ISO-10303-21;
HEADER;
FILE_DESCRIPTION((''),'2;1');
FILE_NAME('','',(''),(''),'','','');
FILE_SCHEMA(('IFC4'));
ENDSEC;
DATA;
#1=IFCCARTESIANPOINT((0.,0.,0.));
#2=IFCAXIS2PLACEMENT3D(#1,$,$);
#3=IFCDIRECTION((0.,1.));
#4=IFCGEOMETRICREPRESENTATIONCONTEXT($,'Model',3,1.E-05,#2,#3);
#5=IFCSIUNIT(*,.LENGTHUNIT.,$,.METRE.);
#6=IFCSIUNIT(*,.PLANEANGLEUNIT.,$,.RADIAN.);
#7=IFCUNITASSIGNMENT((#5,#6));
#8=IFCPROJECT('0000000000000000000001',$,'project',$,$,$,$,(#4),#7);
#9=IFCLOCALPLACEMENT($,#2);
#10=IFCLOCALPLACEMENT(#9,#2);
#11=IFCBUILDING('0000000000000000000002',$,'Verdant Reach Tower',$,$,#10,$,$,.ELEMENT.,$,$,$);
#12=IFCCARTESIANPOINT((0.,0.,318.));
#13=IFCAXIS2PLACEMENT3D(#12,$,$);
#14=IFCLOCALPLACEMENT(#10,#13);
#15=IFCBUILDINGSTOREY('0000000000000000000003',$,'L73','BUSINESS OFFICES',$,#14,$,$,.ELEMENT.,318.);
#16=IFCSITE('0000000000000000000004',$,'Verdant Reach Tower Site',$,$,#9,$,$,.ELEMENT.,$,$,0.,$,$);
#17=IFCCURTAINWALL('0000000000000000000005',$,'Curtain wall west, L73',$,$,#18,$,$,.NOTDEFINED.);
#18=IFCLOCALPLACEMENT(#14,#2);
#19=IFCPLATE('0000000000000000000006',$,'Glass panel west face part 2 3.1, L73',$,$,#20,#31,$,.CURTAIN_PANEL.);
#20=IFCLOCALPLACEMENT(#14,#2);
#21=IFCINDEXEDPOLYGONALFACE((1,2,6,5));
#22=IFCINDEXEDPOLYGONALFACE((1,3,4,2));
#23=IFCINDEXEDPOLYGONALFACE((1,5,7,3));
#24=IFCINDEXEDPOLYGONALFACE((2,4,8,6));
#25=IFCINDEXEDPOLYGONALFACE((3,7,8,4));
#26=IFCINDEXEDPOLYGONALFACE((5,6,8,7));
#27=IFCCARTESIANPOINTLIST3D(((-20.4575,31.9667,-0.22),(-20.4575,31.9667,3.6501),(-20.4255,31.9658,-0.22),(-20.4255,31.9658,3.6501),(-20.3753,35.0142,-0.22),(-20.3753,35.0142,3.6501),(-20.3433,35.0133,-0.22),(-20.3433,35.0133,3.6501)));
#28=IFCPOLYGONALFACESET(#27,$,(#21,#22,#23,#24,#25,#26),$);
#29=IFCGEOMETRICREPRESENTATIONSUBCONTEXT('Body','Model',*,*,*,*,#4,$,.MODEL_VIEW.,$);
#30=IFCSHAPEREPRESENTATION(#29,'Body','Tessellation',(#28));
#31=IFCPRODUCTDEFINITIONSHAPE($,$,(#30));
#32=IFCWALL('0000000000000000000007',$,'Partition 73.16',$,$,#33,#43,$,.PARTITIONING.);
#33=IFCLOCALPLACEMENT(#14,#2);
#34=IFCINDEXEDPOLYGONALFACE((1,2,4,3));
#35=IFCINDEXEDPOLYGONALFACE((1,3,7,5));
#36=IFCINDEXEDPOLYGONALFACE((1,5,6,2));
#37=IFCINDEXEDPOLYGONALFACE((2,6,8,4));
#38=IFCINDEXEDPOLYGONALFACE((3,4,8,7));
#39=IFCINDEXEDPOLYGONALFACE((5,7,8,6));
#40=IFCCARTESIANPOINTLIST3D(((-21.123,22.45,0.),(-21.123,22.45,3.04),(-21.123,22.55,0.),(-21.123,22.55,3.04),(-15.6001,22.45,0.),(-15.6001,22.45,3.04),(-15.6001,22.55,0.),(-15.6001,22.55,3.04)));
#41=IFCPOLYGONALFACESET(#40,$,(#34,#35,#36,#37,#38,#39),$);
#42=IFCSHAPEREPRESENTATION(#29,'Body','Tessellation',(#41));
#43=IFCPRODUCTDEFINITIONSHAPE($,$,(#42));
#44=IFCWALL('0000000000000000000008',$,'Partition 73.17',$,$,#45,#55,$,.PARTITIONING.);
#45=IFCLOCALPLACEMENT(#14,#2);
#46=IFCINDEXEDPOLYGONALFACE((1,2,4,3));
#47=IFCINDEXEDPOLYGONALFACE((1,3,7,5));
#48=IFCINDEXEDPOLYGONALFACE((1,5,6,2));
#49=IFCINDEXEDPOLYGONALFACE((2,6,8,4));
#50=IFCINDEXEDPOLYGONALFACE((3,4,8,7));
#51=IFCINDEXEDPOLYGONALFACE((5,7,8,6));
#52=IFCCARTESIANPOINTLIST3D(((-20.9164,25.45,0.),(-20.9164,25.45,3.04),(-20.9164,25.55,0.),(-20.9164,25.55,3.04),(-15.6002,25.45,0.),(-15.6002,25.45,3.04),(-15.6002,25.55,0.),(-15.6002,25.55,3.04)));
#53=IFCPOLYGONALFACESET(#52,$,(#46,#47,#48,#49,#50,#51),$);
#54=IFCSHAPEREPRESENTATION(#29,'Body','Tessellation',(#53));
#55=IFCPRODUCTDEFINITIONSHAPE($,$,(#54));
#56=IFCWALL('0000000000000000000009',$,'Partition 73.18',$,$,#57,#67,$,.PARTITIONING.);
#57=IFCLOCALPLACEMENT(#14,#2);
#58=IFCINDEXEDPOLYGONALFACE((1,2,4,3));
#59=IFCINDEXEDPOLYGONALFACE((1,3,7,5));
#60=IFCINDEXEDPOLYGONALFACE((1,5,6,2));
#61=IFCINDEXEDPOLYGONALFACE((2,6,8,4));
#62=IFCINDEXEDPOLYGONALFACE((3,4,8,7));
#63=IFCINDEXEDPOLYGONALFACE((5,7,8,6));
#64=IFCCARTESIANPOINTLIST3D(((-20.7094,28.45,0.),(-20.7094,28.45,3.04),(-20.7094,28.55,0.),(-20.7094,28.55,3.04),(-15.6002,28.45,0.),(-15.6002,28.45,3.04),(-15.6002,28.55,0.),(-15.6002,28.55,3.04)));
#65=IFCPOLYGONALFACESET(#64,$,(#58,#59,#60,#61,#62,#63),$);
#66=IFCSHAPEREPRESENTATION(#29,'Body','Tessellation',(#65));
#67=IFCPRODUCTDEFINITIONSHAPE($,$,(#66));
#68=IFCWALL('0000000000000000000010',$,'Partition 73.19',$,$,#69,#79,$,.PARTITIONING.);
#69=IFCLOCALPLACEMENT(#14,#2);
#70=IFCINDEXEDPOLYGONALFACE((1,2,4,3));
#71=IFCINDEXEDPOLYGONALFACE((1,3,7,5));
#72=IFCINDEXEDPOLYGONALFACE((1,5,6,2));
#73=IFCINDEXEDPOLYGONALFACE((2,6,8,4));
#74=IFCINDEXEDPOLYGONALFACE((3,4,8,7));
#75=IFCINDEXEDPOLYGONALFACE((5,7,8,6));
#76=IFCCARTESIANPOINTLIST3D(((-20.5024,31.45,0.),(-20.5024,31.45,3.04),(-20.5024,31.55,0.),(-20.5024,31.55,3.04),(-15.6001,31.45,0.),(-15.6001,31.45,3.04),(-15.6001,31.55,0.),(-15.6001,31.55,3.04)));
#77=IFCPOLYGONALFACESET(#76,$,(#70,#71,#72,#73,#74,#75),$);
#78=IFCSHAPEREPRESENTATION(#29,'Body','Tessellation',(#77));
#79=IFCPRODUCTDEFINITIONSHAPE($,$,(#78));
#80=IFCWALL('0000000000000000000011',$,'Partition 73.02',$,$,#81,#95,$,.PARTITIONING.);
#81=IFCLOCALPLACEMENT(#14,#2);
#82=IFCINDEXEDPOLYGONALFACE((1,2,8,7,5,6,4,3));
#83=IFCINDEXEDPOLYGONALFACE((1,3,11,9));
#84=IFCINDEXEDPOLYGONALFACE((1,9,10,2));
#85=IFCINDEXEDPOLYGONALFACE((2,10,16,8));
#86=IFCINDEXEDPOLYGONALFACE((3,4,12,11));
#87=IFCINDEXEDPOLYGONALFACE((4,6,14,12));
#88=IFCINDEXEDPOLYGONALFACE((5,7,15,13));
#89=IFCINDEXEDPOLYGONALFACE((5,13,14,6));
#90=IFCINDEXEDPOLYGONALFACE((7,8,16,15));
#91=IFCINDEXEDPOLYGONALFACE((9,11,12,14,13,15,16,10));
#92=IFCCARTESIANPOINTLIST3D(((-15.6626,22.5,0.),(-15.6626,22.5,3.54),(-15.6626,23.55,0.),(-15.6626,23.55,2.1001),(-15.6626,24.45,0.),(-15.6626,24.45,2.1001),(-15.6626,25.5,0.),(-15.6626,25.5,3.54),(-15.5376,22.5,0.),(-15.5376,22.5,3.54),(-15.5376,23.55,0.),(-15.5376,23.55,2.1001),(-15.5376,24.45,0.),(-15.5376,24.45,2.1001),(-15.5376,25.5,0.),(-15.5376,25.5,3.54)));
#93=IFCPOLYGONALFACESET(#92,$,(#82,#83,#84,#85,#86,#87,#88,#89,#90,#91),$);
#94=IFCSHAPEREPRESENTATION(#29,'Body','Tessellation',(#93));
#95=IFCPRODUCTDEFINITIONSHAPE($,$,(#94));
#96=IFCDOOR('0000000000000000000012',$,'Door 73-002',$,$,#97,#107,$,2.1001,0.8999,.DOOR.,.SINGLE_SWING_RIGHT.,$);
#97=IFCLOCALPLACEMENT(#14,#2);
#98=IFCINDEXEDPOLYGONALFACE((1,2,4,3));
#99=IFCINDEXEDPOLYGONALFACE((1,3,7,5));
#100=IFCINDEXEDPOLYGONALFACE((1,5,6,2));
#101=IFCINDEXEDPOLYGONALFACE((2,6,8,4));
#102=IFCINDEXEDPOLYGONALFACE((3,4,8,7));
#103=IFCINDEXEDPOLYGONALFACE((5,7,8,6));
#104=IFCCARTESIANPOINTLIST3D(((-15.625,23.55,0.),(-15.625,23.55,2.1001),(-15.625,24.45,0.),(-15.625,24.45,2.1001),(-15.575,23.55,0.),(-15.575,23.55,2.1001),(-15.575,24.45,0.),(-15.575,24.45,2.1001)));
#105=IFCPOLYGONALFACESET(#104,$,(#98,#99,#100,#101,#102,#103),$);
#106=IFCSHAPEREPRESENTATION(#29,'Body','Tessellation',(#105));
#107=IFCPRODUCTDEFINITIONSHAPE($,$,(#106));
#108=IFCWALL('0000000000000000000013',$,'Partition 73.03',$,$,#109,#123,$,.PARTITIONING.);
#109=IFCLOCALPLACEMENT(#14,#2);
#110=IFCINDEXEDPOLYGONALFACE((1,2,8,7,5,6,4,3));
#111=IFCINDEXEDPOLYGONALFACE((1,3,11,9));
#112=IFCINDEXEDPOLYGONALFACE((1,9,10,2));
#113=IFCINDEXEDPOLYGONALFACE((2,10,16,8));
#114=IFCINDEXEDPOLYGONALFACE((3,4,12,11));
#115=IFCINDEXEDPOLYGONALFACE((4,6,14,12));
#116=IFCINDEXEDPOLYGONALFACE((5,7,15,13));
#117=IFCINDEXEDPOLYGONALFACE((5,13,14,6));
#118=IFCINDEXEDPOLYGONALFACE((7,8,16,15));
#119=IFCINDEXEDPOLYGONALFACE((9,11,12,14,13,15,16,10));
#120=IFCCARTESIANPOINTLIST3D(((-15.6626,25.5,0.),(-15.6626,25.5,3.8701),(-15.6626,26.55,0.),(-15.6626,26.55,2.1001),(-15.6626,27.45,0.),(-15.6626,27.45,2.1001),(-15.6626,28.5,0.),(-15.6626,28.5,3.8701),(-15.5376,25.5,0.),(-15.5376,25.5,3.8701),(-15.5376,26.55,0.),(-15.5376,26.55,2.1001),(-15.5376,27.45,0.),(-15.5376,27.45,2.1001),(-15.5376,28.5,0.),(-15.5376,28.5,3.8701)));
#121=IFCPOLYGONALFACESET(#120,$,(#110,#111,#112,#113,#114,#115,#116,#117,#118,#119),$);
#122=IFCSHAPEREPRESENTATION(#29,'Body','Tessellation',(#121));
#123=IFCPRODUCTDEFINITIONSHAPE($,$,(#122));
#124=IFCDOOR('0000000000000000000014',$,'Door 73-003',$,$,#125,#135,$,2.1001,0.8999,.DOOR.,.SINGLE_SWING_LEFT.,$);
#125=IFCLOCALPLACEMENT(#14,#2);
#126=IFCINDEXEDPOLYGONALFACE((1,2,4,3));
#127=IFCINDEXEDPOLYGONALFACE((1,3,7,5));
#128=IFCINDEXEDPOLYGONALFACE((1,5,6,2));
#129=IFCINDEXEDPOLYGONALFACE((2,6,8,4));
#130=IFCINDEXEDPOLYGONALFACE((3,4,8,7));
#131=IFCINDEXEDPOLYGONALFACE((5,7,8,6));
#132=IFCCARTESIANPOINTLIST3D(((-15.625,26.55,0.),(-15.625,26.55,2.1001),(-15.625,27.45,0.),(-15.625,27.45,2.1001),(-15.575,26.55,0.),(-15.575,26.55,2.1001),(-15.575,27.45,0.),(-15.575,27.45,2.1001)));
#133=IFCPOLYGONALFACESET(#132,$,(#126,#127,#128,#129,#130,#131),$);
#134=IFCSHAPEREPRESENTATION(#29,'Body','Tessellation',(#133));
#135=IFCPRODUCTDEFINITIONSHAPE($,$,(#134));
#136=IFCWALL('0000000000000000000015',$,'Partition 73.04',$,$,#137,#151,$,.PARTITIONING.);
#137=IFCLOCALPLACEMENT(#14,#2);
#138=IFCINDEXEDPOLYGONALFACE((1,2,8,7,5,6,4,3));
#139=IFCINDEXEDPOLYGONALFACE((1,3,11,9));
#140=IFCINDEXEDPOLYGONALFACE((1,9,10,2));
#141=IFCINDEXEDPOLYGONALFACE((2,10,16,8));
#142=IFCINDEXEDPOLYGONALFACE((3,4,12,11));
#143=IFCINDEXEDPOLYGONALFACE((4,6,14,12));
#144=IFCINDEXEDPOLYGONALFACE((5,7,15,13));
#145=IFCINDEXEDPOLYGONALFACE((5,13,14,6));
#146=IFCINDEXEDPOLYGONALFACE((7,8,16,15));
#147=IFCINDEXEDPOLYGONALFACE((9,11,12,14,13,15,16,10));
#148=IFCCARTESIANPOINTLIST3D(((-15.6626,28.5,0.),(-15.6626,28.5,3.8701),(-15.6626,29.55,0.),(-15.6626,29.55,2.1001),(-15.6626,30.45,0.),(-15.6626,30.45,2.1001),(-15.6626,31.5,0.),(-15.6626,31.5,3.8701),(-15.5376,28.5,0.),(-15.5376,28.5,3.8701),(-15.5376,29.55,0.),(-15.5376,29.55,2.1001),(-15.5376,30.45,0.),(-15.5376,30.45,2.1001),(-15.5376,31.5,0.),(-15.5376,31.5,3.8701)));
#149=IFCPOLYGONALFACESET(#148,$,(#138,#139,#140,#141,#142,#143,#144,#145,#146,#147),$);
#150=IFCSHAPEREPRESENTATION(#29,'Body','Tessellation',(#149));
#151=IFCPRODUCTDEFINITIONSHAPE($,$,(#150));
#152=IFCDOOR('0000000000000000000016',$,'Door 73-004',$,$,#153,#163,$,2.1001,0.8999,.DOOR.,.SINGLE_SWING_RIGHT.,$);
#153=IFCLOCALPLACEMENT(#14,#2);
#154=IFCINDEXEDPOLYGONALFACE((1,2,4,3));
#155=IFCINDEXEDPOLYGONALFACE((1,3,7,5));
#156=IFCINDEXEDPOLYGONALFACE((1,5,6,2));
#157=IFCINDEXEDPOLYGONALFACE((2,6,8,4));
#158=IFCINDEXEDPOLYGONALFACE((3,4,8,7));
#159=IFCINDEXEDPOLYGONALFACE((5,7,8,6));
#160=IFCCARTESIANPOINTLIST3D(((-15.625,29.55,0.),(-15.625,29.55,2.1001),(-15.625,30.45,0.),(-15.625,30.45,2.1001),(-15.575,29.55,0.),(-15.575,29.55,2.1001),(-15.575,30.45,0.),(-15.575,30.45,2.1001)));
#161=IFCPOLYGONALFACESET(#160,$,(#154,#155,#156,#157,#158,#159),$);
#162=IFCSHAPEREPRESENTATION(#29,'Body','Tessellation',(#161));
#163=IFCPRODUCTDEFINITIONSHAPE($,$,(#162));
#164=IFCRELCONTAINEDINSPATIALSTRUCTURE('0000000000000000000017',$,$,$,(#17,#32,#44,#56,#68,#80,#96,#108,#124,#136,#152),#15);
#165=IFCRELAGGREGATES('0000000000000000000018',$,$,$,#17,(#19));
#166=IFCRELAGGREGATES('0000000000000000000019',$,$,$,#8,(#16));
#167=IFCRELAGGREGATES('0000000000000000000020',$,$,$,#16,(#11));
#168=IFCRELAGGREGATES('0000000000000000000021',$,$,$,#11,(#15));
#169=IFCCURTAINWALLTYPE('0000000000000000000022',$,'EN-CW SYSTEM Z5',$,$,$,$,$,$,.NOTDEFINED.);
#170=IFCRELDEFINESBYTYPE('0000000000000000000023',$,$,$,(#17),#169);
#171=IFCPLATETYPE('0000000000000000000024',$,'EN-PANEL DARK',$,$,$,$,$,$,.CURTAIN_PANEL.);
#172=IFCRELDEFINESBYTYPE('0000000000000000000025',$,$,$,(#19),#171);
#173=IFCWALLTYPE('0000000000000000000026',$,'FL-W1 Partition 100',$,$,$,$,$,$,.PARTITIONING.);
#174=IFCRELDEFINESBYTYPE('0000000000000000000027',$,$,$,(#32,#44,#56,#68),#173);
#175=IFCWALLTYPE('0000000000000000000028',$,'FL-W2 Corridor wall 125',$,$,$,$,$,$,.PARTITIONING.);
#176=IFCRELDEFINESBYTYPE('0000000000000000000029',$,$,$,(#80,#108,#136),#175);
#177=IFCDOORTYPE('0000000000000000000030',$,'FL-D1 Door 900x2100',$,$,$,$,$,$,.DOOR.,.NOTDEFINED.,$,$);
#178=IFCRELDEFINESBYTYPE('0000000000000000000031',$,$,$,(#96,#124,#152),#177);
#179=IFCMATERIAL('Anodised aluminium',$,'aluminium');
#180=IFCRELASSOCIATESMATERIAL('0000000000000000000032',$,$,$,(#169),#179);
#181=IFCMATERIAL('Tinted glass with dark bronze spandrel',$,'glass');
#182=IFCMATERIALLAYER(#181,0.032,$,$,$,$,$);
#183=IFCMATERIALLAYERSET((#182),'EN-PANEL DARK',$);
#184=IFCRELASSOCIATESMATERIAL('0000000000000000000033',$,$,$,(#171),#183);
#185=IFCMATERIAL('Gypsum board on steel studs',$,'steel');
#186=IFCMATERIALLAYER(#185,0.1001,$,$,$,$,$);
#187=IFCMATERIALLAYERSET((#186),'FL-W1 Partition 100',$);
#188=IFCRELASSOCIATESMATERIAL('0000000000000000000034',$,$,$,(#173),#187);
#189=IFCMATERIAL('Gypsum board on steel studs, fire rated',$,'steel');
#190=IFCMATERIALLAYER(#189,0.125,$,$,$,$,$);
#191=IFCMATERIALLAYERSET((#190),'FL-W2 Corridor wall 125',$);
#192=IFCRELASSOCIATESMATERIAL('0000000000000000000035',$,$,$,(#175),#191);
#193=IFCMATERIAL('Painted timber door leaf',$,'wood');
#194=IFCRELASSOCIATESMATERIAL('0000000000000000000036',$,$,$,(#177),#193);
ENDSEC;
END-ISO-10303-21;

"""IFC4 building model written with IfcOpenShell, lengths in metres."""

from ifc_helpers import new_model, si_unit, direction, frame, frame_2d, origin, origin_2d, place, context, subcontext, project, spatial, rectangle, extrude, material, layer, layer_set, type_object, element, fill, aggregate, save


model = new_model("IFC4")

# Units and contexts
model_context = context("Model", 3, precision=1e-05, world=origin(), true_north=direction((0.0, 1.0)))
body_context = subcontext(model_context, "Body", "Model", "MODEL_VIEW")
ifc_project = project(units=[si_unit("LENGTHUNIT", "METRE"), si_unit("PLANEANGLEUNIT", "RADIAN")], contexts=[model_context])

# Site, building, storey
site_placement = place(None, origin())
site = spatial("IfcSite", under=ifc_project, at=site_placement, Name="Verdant Reach Tower Site", CompositionType="ELEMENT", RefElevation=0.0)
building_placement = place(site_placement, origin())
building = spatial("IfcBuilding", under=site, at=building_placement, Name="Verdant Reach Tower", CompositionType="ELEMENT")
storey_placement = place(building_placement, frame((0.0, 0.0, 318.0)))
storey = spatial("IfcBuildingStorey", under=building, at=storey_placement, Name="L73", Description="BUSINESS OFFICES", CompositionType="ELEMENT", Elevation=318.0)

# Curtain wall
ifc_material_1 = material(Name="Anodised aluminium", Category="aluminium")
curtain_wall_type = type_object("IfcCurtainWallType", Name="EN-CW SYSTEM Z5", PredefinedType="NOTDEFINED", material=ifc_material_1)
curtain_wall_1_placement = place(storey_placement, origin())
curtain_wall_1 = element("IfcCurtainWall", 1, at=curtain_wall_1_placement, inside=storey, type_object=curtain_wall_type, Name="Curtain wall west, L73", PredefinedType="NOTDEFINED")

# Plate
ifc_material_2 = material(Name="Tinted glass with dark bronze spandrel", Category="glass")
ifc_layer_1 = layer(ifc_material_2, 0.032)
ifc_layer_set_1 = layer_set([ifc_layer_1], Name="EN-PANEL DARK")
plate_type_1 = type_object("IfcPlateType", Name="EN-PANEL DARK", PredefinedType="CURTAIN_PANEL", material=ifc_layer_set_1)
plate_1_placement = place(storey_placement, frame((-20.4004, 33.49, -0.22), z_axis=(0.0, 0.0, 1.0), x_axis=(-0.026965, -0.999636, 0.0)))
plate_1 = element("IfcPlate", 2, at=plate_1_placement, type_object=plate_type_1, Name="Glass panel west face part 2 3.1, L73", PredefinedType="CURTAIN_PANEL", context=body_context, shape_type="SweptSolid", body=[
    extrude(rectangle(XDim=3.0486, YDim=0.032, at=origin_2d()), origin(), (0.0, 0.0, 1.0), 3.8701),
])
aggregate(curtain_wall_1, [plate_1])

# Walls
ifc_material_3 = material(Name="Gypsum board on steel studs", Category="steel")
ifc_layer_2 = layer(ifc_material_3, 0.1001)
ifc_layer_set_2 = layer_set([ifc_layer_2], Name="FL-W1 Partition 100")
wall_type_1 = type_object("IfcWallType", Name="FL-W1 Partition 100", PredefinedType="PARTITIONING", material=ifc_layer_set_2)
wall_1_placement = place(storey_placement, frame((-15.6001, 22.5, 0.0), z_axis=(0.0, 0.0, 1.0), x_axis=(-1.0, 0.0, 0.0)))
element("IfcWall", 3, at=wall_1_placement, inside=storey, type_object=wall_type_1, Name="Partition 73.16", PredefinedType="PARTITIONING", context=body_context, shape_type="SweptSolid", body=[
    extrude(rectangle(XDim=5.5229, YDim=0.1001, at=frame_2d((2.7615, 0.0))), origin(), (0.0, 0.0, 1.0), 3.04),
])
wall_2_placement = place(storey_placement, frame((-15.6001, 25.5, 0.0), z_axis=(0.0, 0.0, 1.0), x_axis=(-1.0, 0.0, 0.0)))
element("IfcWall", 4, at=wall_2_placement, inside=storey, type_object=wall_type_1, Name="Partition 73.17", PredefinedType="PARTITIONING", context=body_context, shape_type="SweptSolid", body=[
    extrude(rectangle(XDim=5.3162, YDim=0.1001, at=frame_2d((2.6582, 0.0))), origin(), (0.0, 0.0, 1.0), 3.04),
])
wall_3_placement = place(storey_placement, frame((-15.6001, 28.5, 0.0), z_axis=(0.0, 0.0, 1.0), x_axis=(-1.0, 0.0, 0.0)))
element("IfcWall", 5, at=wall_3_placement, inside=storey, type_object=wall_type_1, Name="Partition 73.18", PredefinedType="PARTITIONING", context=body_context, shape_type="SweptSolid", body=[
    extrude(rectangle(XDim=5.1091, YDim=0.1001, at=frame_2d((2.5547, 0.0))), origin(), (0.0, 0.0, 1.0), 3.04),
])
wall_4_placement = place(storey_placement, frame((-15.6001, 31.5, 0.0), z_axis=(0.0, 0.0, 1.0), x_axis=(-1.0, 0.0, 0.0)))
element("IfcWall", 6, at=wall_4_placement, inside=storey, type_object=wall_type_1, Name="Partition 73.19", PredefinedType="PARTITIONING", context=body_context, shape_type="SweptSolid", body=[
    extrude(rectangle(XDim=4.9023, YDim=0.1001, at=frame_2d((2.4512, 0.0))), origin(), (0.0, 0.0, 1.0), 3.04),
])

# Walls, openings, doors
ifc_material_4 = material(Name="Gypsum board on steel studs, fire rated", Category="steel")
ifc_layer_3 = layer(ifc_material_4, 0.125)
ifc_layer_set_3 = layer_set([ifc_layer_3], Name="FL-W2 Corridor wall 125")
wall_type_2 = type_object("IfcWallType", Name="FL-W2 Corridor wall 125", PredefinedType="PARTITIONING", material=ifc_layer_set_3)
wall_5_placement = place(storey_placement, frame((-15.6001, 22.5, 0.0), z_axis=(0.0, 0.0, 1.0), x_axis=(0.0, 1.0, 0.0)))
wall_5 = element("IfcWall", 7, at=wall_5_placement, inside=storey, type_object=wall_type_2, Name="Partition 73.02", PredefinedType="PARTITIONING", context=body_context, shape_type="SweptSolid", body=[
    extrude(rectangle(XDim=3.0, YDim=0.125, at=frame_2d((1.5, 0.0))), origin(), (0.0, 0.0, 1.0), 3.54),
])
opening_1_placement = place(wall_5_placement, frame((1.05, 0.0, 0.0)))
opening_1 = element("IfcOpeningElement", 8, at=opening_1_placement, cuts=wall_5, PredefinedType="OPENING", context=body_context, shape_type="SweptSolid", body=[
    extrude(rectangle(XDim=0.8999, YDim=2.1001, at=frame_2d((0.45, 1.05))), frame((0.0, 0.0725, 0.0), z_axis=(0.0, -1.0, 0.0), x_axis=(1.0, 0.0, 0.0)), (0.0, 0.0, 1.0), 0.145),
])
ifc_material_5 = material(Name="Painted timber door leaf", Category="wood")
door_type_1 = type_object("IfcDoorType", Name="FL-D1 Door 900x2100", OperationType="NOTDEFINED", PredefinedType="DOOR", material=ifc_material_5)
door_1_placement = place(opening_1_placement, origin())
door_1 = element("IfcDoor", 9, at=door_1_placement, inside=storey, type_object=door_type_1, Name="Door 73-002", OperationType="SINGLE_SWING_RIGHT", OverallHeight=2.1001, OverallWidth=0.8999, PredefinedType="DOOR", context=body_context, shape_type="SweptSolid", body=[
    extrude(rectangle(XDim=0.8999, YDim=2.1001, at=frame_2d((0.45, 1.05))), frame((0.0, 0.0249, 0.0), z_axis=(0.0, -1.0, 0.0), x_axis=(1.0, 0.0, 0.0)), (0.0, 0.0, 1.0), 0.05),
])
fill(opening_1, door_1)
wall_6_placement = place(storey_placement, frame((-15.6001, 25.5, 0.0), z_axis=(0.0, 0.0, 1.0), x_axis=(0.0, 1.0, 0.0)))
wall_6 = element("IfcWall", 10, at=wall_6_placement, inside=storey, type_object=wall_type_2, Name="Partition 73.03", PredefinedType="PARTITIONING", context=body_context, shape_type="SweptSolid", body=[
    extrude(rectangle(XDim=3.0, YDim=0.125, at=frame_2d((1.5, 0.0))), origin(), (0.0, 0.0, 1.0), 3.8701),
])
opening_2_placement = place(wall_6_placement, frame((1.05, 0.0, 0.0)))
opening_2 = element("IfcOpeningElement", 11, at=opening_2_placement, cuts=wall_6, PredefinedType="OPENING", context=body_context, shape_type="SweptSolid", body=[
    extrude(rectangle(XDim=0.8999, YDim=2.1001, at=frame_2d((0.45, 1.05))), frame((0.0, 0.0725, 0.0), z_axis=(0.0, -1.0, 0.0), x_axis=(1.0, 0.0, 0.0)), (0.0, 0.0, 1.0), 0.145),
])
door_2_placement = place(opening_2_placement, origin())
door_2 = element("IfcDoor", 12, at=door_2_placement, inside=storey, type_object=door_type_1, Name="Door 73-003", OperationType="SINGLE_SWING_LEFT", OverallHeight=2.1001, OverallWidth=0.8999, PredefinedType="DOOR", context=body_context, shape_type="SweptSolid", body=[
    extrude(rectangle(XDim=0.8999, YDim=2.1001, at=frame_2d((0.45, 1.05))), frame((0.0, 0.0249, 0.0), z_axis=(0.0, -1.0, 0.0), x_axis=(1.0, 0.0, 0.0)), (0.0, 0.0, 1.0), 0.05),
])
fill(opening_2, door_2)
wall_7_placement = place(storey_placement, frame((-15.6001, 28.5, 0.0), z_axis=(0.0, 0.0, 1.0), x_axis=(0.0, 1.0, 0.0)))
wall_7 = element("IfcWall", 13, at=wall_7_placement, inside=storey, type_object=wall_type_2, Name="Partition 73.04", PredefinedType="PARTITIONING", context=body_context, shape_type="SweptSolid", body=[
    extrude(rectangle(XDim=3.0, YDim=0.125, at=frame_2d((1.5, 0.0))), origin(), (0.0, 0.0, 1.0), 3.8701),
])
opening_3_placement = place(wall_7_placement, frame((1.05, 0.0, 0.0)))
opening_3 = element("IfcOpeningElement", 14, at=opening_3_placement, cuts=wall_7, PredefinedType="OPENING", context=body_context, shape_type="SweptSolid", body=[
    extrude(rectangle(XDim=0.8999, YDim=2.1001, at=frame_2d((0.45, 1.05))), frame((0.0, 0.0725, 0.0), z_axis=(0.0, -1.0, 0.0), x_axis=(1.0, 0.0, 0.0)), (0.0, 0.0, 1.0), 0.145),
])
door_3_placement = place(opening_3_placement, origin())
door_3 = element("IfcDoor", 15, at=door_3_placement, inside=storey, type_object=door_type_1, Name="Door 73-004", OperationType="SINGLE_SWING_RIGHT", OverallHeight=2.1001, OverallWidth=0.8999, PredefinedType="DOOR", context=body_context, shape_type="SweptSolid", body=[
    extrude(rectangle(XDim=0.8999, YDim=2.1001, at=frame_2d((0.45, 1.05))), frame((0.0, 0.0249, 0.0), z_axis=(0.0, -1.0, 0.0), x_axis=(1.0, 0.0, 0.0)), (0.0, 0.0, 1.0), 0.05),
])
fill(opening_3, door_3)

save(model, "model.ifc")
